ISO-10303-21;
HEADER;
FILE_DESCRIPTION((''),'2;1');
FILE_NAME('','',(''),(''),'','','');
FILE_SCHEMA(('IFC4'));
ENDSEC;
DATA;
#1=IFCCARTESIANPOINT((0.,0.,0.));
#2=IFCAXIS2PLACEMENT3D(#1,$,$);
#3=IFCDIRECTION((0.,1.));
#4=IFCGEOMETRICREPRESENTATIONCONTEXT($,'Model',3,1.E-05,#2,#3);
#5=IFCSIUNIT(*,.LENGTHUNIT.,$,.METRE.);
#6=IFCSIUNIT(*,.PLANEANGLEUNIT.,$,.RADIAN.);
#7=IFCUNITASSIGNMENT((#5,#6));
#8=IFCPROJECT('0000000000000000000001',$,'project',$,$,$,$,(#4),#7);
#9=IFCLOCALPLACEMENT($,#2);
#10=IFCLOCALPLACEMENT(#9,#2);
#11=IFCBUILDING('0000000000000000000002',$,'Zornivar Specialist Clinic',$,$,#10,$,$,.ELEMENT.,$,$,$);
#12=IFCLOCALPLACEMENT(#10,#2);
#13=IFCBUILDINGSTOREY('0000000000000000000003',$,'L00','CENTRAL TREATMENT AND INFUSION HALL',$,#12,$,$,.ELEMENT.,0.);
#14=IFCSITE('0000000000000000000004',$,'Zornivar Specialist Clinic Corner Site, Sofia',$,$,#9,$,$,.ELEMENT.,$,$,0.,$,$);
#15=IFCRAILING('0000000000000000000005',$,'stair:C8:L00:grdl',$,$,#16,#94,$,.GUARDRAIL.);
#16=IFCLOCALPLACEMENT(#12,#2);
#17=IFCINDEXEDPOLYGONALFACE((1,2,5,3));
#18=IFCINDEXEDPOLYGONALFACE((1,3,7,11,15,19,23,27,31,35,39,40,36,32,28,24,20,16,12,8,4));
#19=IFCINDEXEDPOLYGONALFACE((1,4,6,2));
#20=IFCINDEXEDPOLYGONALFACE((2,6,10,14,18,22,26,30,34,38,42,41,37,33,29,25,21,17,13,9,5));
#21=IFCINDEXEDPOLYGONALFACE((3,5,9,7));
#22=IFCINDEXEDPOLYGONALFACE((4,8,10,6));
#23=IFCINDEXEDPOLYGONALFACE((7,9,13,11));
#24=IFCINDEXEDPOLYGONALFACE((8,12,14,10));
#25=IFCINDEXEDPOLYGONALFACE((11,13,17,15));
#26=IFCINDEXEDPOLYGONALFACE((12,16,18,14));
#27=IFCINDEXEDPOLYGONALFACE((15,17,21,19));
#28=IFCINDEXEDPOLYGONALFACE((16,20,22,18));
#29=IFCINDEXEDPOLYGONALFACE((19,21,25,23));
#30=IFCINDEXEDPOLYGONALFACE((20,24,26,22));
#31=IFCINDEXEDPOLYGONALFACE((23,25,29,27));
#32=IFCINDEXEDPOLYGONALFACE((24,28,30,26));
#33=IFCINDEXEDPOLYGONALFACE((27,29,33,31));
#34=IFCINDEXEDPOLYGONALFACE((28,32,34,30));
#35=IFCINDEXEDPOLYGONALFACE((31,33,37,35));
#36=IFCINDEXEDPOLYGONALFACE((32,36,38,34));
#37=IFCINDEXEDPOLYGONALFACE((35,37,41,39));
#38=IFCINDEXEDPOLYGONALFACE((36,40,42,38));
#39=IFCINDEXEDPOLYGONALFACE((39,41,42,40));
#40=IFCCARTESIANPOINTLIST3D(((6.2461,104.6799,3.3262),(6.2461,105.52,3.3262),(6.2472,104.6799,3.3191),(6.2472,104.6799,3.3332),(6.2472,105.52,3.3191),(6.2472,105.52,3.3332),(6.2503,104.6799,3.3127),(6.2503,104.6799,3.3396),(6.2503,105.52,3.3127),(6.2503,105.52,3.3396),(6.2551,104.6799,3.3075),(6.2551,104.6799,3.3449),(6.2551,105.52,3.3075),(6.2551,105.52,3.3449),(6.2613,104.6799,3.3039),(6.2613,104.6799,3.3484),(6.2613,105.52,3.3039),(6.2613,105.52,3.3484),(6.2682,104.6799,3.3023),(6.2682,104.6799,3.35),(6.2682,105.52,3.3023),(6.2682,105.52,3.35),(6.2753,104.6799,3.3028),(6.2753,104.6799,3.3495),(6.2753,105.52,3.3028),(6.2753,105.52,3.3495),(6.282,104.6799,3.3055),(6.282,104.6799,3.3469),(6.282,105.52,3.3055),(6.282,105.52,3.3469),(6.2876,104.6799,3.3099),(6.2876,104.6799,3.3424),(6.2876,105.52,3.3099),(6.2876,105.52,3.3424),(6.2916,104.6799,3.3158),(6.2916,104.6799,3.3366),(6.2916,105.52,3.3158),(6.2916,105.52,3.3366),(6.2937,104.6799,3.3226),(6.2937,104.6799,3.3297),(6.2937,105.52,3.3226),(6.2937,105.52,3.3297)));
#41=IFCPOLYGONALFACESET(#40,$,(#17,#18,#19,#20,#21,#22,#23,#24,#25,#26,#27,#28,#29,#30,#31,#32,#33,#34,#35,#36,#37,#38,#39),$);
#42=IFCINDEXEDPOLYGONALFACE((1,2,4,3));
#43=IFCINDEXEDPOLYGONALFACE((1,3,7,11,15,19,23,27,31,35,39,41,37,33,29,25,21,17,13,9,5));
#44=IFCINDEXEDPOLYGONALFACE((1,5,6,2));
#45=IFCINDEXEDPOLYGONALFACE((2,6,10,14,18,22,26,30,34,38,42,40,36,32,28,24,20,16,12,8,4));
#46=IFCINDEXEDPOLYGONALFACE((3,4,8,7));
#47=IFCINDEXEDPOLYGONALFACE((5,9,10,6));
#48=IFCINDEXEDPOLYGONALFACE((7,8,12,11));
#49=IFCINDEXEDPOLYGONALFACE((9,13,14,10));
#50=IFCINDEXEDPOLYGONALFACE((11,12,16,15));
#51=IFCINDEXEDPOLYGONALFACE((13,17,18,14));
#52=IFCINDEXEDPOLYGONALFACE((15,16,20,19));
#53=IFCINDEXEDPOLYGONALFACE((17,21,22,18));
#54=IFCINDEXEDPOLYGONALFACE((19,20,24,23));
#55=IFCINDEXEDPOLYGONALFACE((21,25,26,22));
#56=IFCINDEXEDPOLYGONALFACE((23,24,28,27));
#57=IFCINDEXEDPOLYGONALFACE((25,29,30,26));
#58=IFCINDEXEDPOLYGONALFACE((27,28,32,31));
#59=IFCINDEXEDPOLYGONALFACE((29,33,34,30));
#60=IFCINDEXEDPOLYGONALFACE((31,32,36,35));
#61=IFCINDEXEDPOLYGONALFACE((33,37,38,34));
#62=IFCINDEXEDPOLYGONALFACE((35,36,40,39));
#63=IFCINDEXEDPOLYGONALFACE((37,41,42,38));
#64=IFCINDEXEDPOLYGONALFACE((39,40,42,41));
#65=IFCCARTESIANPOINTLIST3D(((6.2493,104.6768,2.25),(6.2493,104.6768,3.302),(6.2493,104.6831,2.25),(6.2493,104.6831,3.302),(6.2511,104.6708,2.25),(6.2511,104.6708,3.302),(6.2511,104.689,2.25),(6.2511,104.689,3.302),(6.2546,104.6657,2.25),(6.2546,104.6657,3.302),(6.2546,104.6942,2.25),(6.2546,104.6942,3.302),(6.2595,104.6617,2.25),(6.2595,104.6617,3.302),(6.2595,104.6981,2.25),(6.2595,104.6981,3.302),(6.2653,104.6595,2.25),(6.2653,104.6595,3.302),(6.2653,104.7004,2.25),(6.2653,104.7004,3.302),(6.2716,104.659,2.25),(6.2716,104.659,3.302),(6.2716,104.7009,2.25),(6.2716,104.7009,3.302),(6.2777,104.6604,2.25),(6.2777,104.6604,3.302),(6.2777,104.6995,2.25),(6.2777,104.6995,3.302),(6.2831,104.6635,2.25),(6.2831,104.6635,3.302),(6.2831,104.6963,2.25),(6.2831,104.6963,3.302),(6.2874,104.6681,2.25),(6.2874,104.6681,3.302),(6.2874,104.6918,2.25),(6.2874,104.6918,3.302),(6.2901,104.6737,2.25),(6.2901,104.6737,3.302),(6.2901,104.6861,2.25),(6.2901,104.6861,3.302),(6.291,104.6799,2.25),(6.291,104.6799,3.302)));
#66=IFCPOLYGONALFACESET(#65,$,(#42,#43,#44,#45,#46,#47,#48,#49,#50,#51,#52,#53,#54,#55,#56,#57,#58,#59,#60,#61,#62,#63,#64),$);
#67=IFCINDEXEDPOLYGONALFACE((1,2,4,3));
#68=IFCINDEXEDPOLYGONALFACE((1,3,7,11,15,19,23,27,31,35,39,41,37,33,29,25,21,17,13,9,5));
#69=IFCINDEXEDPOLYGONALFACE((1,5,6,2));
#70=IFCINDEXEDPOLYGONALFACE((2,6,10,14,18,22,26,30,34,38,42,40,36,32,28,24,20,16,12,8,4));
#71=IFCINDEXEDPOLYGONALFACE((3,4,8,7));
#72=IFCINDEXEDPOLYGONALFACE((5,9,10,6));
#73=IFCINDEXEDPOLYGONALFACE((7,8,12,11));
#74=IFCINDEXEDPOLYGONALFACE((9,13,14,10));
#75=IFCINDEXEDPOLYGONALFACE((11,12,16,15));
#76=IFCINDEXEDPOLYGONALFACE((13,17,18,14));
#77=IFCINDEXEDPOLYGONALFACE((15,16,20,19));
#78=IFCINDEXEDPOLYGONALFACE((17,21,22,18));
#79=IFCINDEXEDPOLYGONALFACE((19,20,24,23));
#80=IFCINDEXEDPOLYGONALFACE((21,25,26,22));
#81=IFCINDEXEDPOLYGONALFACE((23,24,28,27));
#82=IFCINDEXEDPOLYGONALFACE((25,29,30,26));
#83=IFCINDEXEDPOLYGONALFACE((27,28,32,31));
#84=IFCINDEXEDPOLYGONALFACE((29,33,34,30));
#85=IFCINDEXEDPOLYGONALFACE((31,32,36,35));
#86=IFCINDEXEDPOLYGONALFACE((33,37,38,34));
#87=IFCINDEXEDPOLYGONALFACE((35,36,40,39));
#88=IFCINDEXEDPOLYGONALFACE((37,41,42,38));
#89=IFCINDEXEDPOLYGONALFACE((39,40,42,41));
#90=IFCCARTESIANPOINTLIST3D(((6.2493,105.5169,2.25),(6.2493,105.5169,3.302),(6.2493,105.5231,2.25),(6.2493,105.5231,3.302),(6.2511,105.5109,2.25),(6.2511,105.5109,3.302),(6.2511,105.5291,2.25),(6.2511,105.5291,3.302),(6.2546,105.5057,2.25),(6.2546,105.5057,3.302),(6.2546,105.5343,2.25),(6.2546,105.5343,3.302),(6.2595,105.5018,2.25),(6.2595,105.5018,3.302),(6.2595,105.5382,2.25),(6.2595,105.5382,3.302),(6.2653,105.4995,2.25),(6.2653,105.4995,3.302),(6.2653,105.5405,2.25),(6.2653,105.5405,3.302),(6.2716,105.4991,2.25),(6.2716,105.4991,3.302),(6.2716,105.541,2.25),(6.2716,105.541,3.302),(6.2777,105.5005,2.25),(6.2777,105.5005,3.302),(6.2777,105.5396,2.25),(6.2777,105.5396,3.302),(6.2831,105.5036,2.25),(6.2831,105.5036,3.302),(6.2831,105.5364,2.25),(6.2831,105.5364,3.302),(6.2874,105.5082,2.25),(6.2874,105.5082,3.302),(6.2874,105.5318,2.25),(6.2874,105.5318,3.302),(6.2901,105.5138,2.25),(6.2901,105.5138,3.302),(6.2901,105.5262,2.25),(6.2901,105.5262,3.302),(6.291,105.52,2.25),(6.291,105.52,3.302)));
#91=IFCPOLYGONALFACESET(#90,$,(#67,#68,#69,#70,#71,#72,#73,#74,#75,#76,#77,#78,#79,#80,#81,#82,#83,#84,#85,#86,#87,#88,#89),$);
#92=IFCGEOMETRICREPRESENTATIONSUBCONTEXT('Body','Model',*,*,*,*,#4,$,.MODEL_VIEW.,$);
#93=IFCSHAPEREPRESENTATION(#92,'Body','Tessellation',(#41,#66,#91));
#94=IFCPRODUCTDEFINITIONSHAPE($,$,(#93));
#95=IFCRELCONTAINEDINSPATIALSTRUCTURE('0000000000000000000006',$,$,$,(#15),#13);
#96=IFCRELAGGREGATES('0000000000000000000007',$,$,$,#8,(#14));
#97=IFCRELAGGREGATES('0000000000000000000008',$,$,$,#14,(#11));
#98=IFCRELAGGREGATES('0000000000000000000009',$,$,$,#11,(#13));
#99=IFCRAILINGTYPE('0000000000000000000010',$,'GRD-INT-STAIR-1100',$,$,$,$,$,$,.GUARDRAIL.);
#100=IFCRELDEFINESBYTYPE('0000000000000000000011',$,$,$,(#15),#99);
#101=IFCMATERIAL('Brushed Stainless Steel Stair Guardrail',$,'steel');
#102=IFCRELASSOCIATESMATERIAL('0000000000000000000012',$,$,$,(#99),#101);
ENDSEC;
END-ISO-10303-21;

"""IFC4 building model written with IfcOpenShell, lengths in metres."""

from ifc_helpers import new_model, si_unit, direction, frame, origin, origin_2d, place, context, subcontext, project, spatial, circle, extrude, material, type_object, element, save


model = new_model("IFC4")

# Units and contexts
model_context = context("Model", 3, precision=1e-05, world=origin(), true_north=direction((0.0, 1.0)))
body_context = subcontext(model_context, "Body", "Model", "MODEL_VIEW")
ifc_project = project(units=[si_unit("LENGTHUNIT", "METRE"), si_unit("PLANEANGLEUNIT", "RADIAN")], contexts=[model_context])

# Site, building, storey
site_placement = place(None, origin())
site = spatial("IfcSite", under=ifc_project, at=site_placement, Name="Zornivar Specialist Clinic Corner Site, Sofia", CompositionType="ELEMENT", RefElevation=0.0)
building_placement = place(site_placement, origin())
building = spatial("IfcBuilding", under=site, at=building_placement, Name="Zornivar Specialist Clinic", CompositionType="ELEMENT")
storey_placement = place(building_placement, origin())
storey = spatial("IfcBuildingStorey", under=building, at=storey_placement, Name="L00", Description="CENTRAL TREATMENT AND INFUSION HALL", CompositionType="ELEMENT", Elevation=0.0)

# Railing
ifc_material_1 = material(Name="Brushed Stainless Steel Stair Guardrail", Category="steel")
railing_type_1 = type_object("IfcRailingType", Name="GRD-INT-STAIR-1100", PredefinedType="GUARDRAIL", material=ifc_material_1)
railing_1_placement = place(storey_placement, frame((6.27, 104.6799, 2.25)))
element("IfcRailing", 1, at=railing_1_placement, inside=storey, type_object=railing_type_1, Name="stair:C8:L00:grdl", PredefinedType="GUARDRAIL", context=body_context, shape_type="SweptSolid", body=[
    extrude(circle(Radius=0.0239, at=origin_2d()), frame((0.0, 0.0, 1.0762), z_axis=(0.0, 1.0, 0.0), x_axis=(-1.0, 0.0, 0.0)), (0.0, 0.0, 1.0), 0.8401),
    extrude(circle(Radius=0.021, at=origin_2d()), origin(), (0.0, 0.0, 1.0), 1.052),
    extrude(circle(Radius=0.021, at=origin_2d()), frame((0.0, 0.8401, 0.0)), (0.0, 0.0, 1.0), 1.052),
])

save(model, "model.ifc")
